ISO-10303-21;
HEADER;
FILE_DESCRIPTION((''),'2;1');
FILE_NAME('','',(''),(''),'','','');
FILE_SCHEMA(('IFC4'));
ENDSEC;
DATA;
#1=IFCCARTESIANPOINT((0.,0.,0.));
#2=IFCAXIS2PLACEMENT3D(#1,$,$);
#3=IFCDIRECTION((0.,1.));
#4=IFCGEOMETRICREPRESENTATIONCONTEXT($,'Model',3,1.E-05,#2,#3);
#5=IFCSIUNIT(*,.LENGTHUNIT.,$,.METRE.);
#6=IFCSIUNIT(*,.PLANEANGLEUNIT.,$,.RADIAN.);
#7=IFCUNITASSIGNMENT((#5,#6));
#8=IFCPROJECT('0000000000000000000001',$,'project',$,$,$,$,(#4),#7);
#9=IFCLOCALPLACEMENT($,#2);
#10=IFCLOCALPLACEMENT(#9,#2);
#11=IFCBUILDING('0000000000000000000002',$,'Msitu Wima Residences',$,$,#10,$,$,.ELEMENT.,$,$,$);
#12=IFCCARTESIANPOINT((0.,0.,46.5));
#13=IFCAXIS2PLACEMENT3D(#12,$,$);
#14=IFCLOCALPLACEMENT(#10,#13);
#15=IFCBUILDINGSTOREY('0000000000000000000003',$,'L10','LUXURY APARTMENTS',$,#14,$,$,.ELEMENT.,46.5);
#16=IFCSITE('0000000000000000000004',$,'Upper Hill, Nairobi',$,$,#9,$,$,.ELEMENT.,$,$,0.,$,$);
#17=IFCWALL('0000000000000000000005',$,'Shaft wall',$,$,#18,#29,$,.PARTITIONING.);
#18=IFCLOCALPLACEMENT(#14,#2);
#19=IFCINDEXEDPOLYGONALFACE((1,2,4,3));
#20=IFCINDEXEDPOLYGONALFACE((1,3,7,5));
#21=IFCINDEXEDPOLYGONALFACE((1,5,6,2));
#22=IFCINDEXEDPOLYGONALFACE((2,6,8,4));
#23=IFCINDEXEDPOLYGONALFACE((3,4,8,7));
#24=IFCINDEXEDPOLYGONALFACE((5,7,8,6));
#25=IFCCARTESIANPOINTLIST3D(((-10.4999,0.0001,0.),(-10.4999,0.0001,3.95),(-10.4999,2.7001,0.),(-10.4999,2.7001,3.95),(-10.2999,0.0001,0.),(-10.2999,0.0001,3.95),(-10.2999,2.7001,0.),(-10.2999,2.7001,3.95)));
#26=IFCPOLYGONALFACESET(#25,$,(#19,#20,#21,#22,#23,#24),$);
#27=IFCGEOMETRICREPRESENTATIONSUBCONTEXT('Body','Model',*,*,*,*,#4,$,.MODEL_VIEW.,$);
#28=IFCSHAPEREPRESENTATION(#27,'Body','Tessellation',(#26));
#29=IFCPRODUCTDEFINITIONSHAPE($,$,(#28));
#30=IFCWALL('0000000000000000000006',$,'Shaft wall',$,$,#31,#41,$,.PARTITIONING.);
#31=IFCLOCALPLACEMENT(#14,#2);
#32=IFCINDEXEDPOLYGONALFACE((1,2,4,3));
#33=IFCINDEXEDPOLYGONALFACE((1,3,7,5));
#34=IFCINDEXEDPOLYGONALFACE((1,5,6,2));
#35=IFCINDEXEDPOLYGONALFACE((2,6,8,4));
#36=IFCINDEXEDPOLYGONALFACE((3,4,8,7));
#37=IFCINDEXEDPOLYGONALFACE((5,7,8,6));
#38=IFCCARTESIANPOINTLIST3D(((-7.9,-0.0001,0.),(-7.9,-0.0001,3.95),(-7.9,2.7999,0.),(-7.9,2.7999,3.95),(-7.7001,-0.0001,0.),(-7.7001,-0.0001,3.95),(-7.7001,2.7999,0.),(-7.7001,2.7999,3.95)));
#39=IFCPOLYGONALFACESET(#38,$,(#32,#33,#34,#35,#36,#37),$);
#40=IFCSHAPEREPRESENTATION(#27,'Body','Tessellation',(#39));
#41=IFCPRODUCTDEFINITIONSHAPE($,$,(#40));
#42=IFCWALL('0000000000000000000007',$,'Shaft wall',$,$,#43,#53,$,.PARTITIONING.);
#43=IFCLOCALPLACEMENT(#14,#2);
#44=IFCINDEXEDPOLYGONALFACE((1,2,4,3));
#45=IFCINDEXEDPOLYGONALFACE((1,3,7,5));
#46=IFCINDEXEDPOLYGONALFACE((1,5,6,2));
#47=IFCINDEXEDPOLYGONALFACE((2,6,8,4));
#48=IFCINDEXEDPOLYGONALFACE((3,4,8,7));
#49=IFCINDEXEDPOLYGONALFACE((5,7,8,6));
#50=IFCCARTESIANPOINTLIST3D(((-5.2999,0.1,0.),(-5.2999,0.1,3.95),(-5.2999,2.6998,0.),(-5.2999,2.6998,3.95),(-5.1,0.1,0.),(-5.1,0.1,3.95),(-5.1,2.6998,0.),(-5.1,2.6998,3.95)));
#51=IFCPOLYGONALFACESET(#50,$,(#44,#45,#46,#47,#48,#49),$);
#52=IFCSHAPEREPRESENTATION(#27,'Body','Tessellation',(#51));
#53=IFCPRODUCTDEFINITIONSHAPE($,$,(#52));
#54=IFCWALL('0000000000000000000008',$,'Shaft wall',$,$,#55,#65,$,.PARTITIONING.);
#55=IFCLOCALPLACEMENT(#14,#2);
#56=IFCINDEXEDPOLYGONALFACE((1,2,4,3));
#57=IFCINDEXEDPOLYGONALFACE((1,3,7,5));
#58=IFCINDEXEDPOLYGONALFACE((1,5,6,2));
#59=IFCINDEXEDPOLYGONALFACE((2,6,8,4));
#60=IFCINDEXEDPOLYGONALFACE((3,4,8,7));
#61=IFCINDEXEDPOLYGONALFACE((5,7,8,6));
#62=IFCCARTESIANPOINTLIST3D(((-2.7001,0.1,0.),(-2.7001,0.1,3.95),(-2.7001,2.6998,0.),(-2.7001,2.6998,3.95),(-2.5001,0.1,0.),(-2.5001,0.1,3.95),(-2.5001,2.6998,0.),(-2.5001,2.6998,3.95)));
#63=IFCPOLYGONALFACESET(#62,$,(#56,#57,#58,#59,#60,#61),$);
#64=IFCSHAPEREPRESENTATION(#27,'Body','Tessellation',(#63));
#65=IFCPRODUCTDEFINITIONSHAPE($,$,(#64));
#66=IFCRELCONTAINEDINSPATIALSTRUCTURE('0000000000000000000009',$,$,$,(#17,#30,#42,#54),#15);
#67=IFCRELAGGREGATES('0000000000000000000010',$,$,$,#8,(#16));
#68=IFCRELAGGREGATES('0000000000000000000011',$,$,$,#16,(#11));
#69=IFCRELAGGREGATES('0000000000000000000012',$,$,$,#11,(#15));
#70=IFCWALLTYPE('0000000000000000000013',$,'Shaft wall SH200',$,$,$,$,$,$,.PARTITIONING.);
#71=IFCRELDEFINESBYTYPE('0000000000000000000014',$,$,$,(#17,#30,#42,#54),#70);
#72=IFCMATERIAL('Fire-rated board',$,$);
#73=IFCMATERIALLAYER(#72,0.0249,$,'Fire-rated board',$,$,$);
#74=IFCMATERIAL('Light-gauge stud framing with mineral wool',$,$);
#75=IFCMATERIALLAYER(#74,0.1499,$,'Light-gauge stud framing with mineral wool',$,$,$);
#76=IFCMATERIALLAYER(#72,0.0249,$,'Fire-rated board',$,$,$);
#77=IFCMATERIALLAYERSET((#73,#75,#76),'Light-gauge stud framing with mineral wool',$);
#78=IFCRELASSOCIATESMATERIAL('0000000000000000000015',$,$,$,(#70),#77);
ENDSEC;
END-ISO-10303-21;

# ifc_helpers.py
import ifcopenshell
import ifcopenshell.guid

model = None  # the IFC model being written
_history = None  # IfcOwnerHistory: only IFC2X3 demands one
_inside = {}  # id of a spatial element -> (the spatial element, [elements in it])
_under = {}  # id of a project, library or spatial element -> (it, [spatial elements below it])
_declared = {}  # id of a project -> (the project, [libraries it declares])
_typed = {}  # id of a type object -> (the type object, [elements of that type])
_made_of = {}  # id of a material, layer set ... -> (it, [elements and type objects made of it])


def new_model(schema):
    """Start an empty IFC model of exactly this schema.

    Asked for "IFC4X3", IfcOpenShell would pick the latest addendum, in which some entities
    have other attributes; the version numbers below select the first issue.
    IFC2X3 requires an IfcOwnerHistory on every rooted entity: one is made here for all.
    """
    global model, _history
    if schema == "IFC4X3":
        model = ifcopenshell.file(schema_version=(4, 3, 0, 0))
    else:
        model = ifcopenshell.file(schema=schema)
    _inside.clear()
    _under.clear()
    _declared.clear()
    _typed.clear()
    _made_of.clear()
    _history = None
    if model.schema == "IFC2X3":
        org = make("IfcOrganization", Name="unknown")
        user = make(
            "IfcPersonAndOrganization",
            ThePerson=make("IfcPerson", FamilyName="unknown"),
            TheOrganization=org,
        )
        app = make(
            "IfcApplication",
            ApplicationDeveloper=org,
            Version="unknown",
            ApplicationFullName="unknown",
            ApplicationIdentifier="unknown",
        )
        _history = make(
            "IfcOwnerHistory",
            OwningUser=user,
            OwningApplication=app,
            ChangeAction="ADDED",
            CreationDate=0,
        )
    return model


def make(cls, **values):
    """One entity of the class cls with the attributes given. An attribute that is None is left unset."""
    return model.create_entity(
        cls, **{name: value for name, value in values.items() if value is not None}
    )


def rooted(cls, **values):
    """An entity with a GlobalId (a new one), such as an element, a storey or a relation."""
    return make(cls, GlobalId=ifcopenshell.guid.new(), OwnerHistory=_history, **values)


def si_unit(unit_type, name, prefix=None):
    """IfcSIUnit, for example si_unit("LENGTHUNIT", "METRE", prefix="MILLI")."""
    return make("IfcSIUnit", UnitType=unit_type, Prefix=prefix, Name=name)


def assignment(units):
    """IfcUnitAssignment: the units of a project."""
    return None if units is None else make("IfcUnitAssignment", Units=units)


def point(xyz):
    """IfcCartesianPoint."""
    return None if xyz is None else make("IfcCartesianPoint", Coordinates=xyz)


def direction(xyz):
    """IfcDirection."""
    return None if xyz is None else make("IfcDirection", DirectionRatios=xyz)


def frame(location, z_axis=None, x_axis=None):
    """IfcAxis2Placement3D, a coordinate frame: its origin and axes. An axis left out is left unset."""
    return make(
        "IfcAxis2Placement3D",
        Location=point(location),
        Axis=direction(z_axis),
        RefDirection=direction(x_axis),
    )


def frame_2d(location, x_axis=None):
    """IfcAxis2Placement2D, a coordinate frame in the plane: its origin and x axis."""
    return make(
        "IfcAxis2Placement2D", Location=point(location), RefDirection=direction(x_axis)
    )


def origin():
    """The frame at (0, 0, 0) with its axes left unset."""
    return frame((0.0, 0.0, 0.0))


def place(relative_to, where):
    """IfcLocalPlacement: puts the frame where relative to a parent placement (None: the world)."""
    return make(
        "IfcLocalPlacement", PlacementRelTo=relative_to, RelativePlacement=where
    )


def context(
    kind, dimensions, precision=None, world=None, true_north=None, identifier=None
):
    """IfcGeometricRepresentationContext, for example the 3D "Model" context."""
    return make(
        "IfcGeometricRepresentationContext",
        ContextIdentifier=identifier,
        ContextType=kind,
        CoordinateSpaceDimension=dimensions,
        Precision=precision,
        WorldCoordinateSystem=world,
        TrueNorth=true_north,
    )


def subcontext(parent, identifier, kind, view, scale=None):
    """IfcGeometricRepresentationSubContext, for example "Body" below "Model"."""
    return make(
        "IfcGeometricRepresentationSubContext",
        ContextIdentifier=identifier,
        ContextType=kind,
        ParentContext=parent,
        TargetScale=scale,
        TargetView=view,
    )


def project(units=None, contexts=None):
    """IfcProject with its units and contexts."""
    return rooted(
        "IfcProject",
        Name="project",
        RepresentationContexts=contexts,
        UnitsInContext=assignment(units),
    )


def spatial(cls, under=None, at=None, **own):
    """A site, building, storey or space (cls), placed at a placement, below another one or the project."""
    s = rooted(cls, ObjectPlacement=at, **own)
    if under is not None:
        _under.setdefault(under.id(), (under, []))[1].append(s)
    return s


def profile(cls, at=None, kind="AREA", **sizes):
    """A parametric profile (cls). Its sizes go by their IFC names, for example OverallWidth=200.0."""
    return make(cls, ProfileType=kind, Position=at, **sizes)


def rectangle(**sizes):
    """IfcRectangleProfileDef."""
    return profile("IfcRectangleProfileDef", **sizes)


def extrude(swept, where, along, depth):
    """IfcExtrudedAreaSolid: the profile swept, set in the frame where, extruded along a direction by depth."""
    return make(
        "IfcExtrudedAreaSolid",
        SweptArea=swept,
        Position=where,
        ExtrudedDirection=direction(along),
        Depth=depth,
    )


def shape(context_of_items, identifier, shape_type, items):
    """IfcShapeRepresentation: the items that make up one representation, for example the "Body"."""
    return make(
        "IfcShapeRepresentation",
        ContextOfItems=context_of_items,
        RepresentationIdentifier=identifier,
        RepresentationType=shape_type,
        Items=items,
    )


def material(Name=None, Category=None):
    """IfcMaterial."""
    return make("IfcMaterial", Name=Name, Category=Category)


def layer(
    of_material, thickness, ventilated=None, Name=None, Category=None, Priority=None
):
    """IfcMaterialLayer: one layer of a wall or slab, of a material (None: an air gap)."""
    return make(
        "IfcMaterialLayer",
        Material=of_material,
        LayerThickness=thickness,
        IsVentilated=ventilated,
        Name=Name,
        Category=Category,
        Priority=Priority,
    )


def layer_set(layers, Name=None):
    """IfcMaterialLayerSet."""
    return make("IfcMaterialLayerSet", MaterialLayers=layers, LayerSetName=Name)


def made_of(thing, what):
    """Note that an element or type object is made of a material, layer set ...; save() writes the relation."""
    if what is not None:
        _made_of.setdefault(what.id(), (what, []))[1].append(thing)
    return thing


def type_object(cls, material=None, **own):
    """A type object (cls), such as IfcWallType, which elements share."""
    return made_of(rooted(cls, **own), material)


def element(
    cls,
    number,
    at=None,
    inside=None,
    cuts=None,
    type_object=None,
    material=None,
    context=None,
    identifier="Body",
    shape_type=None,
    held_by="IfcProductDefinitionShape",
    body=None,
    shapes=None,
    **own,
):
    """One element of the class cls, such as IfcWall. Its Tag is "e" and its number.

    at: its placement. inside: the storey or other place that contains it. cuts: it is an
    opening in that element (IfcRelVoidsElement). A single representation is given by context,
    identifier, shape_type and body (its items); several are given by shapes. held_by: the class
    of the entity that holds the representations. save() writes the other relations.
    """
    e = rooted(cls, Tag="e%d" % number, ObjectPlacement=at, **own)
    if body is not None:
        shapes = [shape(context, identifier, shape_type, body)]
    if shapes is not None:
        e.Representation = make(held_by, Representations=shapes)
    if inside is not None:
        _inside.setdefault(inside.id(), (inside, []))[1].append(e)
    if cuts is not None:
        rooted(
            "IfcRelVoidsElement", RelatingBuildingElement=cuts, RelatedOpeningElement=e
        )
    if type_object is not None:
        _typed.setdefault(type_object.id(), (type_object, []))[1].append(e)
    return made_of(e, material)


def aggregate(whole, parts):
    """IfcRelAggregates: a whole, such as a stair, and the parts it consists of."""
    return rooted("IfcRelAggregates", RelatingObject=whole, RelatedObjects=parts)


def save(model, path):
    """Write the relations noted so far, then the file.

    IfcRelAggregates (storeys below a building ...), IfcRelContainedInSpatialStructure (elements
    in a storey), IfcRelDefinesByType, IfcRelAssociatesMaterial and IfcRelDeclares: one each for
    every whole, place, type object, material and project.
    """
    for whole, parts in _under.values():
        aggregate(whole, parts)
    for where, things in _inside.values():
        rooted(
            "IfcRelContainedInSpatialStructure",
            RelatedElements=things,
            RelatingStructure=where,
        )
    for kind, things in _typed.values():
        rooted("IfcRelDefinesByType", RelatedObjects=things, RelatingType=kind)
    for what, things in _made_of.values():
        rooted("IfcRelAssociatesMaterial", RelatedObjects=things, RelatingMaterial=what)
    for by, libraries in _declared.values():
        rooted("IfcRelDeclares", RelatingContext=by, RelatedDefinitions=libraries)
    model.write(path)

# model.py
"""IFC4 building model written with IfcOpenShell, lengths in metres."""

from ifc_helpers import new_model, si_unit, direction, frame, frame_2d, origin, place, context, subcontext, project, spatial, rectangle, extrude, material, layer, layer_set, type_object, element, save


model = new_model("IFC4")

# Units and contexts
model_context = context("Model", 3, precision=1e-05, world=origin(), true_north=direction((0.0, 1.0)))
body_context = subcontext(model_context, "Body", "Model", "MODEL_VIEW")
ifc_project = project(units=[si_unit("LENGTHUNIT", "METRE"), si_unit("PLANEANGLEUNIT", "RADIAN")], contexts=[model_context])

# Site, building, storey
site_placement = place(None, origin())
site = spatial("IfcSite", under=ifc_project, at=site_placement, Name="Upper Hill, Nairobi", CompositionType="ELEMENT", RefElevation=0.0)
building_placement = place(site_placement, origin())
building = spatial("IfcBuilding", under=site, at=building_placement, Name="Msitu Wima Residences", CompositionType="ELEMENT")
storey_placement = place(building_placement, frame((0.0, 0.0, 46.5)))
storey = spatial("IfcBuildingStorey", under=building, at=storey_placement, Name="L10", Description="LUXURY APARTMENTS", CompositionType="ELEMENT", Elevation=46.5)

# Shared definitions
ifc_material_1 = material(Name="Fire-rated board")
ifc_layer_1 = layer(ifc_material_1, 0.0249, Name="Fire-rated board")
ifc_material_2 = material(Name="Light-gauge stud framing with mineral wool")
ifc_layer_2 = layer(ifc_material_2, 0.1499, Name="Light-gauge stud framing with mineral wool")
ifc_layer_3 = layer(ifc_material_1, 0.0249, Name="Fire-rated board")
ifc_layer_set_1 = layer_set([ifc_layer_1, ifc_layer_2, ifc_layer_3], Name="Light-gauge stud framing with mineral wool")
wall_type_1 = type_object("IfcWallType", Name="Shaft wall SH200", PredefinedType="PARTITIONING", material=ifc_layer_set_1)

# Walls
wall_1_placement = place(storey_placement, frame((-10.3999, 0.0, 0.0), z_axis=(0.0, 0.0, 1.0), x_axis=(0.0, 1.0, 0.0)))
element("IfcWall", 1, at=wall_1_placement, inside=storey, type_object=wall_type_1, Name="Shaft wall", PredefinedType="PARTITIONING", context=body_context, shape_type="SweptSolid", body=[
    extrude(rectangle(XDim=2.7, YDim=0.2, at=frame_2d((1.3501, 0.0))), origin(), (0.0, 0.0, 1.0), 3.95),
])
wall_2_placement = place(storey_placement, frame((-7.8, 0.0, 0.0), z_axis=(0.0, 0.0, 1.0), x_axis=(0.0, 1.0, 0.0)))
element("IfcWall", 2, at=wall_2_placement, inside=storey, type_object=wall_type_1, Name="Shaft wall", PredefinedType="PARTITIONING", context=body_context, shape_type="SweptSolid", body=[
    extrude(rectangle(XDim=2.8, YDim=0.2, at=frame_2d((1.3999, 0.0))), origin(), (0.0, 0.0, 1.0), 3.95),
])
for number, where, z_axis, x_axis, name in (
    (3, (-5.2, 0.1001, 0.0), (0.0, 0.0, 1.0), (0.0, 1.0, 0.0), "Shaft wall"),
    (4, (-2.6001, 0.1001, 0.0), (0.0, 0.0, 1.0), (0.0, 1.0, 0.0), "Shaft wall"),
):
    element("IfcWall", number, at=place(storey_placement, frame(where, z_axis=z_axis, x_axis=x_axis)), inside=storey, type_object=wall_type_1, Name=name, PredefinedType="PARTITIONING", context=body_context, shape_type="SweptSolid", body=[
        extrude(rectangle(XDim=2.5999, YDim=0.2, at=frame_2d((1.2998, 0.0))), origin(), (0.0, 0.0, 1.0), 3.95),
    ])

save(model, "model.ifc")
